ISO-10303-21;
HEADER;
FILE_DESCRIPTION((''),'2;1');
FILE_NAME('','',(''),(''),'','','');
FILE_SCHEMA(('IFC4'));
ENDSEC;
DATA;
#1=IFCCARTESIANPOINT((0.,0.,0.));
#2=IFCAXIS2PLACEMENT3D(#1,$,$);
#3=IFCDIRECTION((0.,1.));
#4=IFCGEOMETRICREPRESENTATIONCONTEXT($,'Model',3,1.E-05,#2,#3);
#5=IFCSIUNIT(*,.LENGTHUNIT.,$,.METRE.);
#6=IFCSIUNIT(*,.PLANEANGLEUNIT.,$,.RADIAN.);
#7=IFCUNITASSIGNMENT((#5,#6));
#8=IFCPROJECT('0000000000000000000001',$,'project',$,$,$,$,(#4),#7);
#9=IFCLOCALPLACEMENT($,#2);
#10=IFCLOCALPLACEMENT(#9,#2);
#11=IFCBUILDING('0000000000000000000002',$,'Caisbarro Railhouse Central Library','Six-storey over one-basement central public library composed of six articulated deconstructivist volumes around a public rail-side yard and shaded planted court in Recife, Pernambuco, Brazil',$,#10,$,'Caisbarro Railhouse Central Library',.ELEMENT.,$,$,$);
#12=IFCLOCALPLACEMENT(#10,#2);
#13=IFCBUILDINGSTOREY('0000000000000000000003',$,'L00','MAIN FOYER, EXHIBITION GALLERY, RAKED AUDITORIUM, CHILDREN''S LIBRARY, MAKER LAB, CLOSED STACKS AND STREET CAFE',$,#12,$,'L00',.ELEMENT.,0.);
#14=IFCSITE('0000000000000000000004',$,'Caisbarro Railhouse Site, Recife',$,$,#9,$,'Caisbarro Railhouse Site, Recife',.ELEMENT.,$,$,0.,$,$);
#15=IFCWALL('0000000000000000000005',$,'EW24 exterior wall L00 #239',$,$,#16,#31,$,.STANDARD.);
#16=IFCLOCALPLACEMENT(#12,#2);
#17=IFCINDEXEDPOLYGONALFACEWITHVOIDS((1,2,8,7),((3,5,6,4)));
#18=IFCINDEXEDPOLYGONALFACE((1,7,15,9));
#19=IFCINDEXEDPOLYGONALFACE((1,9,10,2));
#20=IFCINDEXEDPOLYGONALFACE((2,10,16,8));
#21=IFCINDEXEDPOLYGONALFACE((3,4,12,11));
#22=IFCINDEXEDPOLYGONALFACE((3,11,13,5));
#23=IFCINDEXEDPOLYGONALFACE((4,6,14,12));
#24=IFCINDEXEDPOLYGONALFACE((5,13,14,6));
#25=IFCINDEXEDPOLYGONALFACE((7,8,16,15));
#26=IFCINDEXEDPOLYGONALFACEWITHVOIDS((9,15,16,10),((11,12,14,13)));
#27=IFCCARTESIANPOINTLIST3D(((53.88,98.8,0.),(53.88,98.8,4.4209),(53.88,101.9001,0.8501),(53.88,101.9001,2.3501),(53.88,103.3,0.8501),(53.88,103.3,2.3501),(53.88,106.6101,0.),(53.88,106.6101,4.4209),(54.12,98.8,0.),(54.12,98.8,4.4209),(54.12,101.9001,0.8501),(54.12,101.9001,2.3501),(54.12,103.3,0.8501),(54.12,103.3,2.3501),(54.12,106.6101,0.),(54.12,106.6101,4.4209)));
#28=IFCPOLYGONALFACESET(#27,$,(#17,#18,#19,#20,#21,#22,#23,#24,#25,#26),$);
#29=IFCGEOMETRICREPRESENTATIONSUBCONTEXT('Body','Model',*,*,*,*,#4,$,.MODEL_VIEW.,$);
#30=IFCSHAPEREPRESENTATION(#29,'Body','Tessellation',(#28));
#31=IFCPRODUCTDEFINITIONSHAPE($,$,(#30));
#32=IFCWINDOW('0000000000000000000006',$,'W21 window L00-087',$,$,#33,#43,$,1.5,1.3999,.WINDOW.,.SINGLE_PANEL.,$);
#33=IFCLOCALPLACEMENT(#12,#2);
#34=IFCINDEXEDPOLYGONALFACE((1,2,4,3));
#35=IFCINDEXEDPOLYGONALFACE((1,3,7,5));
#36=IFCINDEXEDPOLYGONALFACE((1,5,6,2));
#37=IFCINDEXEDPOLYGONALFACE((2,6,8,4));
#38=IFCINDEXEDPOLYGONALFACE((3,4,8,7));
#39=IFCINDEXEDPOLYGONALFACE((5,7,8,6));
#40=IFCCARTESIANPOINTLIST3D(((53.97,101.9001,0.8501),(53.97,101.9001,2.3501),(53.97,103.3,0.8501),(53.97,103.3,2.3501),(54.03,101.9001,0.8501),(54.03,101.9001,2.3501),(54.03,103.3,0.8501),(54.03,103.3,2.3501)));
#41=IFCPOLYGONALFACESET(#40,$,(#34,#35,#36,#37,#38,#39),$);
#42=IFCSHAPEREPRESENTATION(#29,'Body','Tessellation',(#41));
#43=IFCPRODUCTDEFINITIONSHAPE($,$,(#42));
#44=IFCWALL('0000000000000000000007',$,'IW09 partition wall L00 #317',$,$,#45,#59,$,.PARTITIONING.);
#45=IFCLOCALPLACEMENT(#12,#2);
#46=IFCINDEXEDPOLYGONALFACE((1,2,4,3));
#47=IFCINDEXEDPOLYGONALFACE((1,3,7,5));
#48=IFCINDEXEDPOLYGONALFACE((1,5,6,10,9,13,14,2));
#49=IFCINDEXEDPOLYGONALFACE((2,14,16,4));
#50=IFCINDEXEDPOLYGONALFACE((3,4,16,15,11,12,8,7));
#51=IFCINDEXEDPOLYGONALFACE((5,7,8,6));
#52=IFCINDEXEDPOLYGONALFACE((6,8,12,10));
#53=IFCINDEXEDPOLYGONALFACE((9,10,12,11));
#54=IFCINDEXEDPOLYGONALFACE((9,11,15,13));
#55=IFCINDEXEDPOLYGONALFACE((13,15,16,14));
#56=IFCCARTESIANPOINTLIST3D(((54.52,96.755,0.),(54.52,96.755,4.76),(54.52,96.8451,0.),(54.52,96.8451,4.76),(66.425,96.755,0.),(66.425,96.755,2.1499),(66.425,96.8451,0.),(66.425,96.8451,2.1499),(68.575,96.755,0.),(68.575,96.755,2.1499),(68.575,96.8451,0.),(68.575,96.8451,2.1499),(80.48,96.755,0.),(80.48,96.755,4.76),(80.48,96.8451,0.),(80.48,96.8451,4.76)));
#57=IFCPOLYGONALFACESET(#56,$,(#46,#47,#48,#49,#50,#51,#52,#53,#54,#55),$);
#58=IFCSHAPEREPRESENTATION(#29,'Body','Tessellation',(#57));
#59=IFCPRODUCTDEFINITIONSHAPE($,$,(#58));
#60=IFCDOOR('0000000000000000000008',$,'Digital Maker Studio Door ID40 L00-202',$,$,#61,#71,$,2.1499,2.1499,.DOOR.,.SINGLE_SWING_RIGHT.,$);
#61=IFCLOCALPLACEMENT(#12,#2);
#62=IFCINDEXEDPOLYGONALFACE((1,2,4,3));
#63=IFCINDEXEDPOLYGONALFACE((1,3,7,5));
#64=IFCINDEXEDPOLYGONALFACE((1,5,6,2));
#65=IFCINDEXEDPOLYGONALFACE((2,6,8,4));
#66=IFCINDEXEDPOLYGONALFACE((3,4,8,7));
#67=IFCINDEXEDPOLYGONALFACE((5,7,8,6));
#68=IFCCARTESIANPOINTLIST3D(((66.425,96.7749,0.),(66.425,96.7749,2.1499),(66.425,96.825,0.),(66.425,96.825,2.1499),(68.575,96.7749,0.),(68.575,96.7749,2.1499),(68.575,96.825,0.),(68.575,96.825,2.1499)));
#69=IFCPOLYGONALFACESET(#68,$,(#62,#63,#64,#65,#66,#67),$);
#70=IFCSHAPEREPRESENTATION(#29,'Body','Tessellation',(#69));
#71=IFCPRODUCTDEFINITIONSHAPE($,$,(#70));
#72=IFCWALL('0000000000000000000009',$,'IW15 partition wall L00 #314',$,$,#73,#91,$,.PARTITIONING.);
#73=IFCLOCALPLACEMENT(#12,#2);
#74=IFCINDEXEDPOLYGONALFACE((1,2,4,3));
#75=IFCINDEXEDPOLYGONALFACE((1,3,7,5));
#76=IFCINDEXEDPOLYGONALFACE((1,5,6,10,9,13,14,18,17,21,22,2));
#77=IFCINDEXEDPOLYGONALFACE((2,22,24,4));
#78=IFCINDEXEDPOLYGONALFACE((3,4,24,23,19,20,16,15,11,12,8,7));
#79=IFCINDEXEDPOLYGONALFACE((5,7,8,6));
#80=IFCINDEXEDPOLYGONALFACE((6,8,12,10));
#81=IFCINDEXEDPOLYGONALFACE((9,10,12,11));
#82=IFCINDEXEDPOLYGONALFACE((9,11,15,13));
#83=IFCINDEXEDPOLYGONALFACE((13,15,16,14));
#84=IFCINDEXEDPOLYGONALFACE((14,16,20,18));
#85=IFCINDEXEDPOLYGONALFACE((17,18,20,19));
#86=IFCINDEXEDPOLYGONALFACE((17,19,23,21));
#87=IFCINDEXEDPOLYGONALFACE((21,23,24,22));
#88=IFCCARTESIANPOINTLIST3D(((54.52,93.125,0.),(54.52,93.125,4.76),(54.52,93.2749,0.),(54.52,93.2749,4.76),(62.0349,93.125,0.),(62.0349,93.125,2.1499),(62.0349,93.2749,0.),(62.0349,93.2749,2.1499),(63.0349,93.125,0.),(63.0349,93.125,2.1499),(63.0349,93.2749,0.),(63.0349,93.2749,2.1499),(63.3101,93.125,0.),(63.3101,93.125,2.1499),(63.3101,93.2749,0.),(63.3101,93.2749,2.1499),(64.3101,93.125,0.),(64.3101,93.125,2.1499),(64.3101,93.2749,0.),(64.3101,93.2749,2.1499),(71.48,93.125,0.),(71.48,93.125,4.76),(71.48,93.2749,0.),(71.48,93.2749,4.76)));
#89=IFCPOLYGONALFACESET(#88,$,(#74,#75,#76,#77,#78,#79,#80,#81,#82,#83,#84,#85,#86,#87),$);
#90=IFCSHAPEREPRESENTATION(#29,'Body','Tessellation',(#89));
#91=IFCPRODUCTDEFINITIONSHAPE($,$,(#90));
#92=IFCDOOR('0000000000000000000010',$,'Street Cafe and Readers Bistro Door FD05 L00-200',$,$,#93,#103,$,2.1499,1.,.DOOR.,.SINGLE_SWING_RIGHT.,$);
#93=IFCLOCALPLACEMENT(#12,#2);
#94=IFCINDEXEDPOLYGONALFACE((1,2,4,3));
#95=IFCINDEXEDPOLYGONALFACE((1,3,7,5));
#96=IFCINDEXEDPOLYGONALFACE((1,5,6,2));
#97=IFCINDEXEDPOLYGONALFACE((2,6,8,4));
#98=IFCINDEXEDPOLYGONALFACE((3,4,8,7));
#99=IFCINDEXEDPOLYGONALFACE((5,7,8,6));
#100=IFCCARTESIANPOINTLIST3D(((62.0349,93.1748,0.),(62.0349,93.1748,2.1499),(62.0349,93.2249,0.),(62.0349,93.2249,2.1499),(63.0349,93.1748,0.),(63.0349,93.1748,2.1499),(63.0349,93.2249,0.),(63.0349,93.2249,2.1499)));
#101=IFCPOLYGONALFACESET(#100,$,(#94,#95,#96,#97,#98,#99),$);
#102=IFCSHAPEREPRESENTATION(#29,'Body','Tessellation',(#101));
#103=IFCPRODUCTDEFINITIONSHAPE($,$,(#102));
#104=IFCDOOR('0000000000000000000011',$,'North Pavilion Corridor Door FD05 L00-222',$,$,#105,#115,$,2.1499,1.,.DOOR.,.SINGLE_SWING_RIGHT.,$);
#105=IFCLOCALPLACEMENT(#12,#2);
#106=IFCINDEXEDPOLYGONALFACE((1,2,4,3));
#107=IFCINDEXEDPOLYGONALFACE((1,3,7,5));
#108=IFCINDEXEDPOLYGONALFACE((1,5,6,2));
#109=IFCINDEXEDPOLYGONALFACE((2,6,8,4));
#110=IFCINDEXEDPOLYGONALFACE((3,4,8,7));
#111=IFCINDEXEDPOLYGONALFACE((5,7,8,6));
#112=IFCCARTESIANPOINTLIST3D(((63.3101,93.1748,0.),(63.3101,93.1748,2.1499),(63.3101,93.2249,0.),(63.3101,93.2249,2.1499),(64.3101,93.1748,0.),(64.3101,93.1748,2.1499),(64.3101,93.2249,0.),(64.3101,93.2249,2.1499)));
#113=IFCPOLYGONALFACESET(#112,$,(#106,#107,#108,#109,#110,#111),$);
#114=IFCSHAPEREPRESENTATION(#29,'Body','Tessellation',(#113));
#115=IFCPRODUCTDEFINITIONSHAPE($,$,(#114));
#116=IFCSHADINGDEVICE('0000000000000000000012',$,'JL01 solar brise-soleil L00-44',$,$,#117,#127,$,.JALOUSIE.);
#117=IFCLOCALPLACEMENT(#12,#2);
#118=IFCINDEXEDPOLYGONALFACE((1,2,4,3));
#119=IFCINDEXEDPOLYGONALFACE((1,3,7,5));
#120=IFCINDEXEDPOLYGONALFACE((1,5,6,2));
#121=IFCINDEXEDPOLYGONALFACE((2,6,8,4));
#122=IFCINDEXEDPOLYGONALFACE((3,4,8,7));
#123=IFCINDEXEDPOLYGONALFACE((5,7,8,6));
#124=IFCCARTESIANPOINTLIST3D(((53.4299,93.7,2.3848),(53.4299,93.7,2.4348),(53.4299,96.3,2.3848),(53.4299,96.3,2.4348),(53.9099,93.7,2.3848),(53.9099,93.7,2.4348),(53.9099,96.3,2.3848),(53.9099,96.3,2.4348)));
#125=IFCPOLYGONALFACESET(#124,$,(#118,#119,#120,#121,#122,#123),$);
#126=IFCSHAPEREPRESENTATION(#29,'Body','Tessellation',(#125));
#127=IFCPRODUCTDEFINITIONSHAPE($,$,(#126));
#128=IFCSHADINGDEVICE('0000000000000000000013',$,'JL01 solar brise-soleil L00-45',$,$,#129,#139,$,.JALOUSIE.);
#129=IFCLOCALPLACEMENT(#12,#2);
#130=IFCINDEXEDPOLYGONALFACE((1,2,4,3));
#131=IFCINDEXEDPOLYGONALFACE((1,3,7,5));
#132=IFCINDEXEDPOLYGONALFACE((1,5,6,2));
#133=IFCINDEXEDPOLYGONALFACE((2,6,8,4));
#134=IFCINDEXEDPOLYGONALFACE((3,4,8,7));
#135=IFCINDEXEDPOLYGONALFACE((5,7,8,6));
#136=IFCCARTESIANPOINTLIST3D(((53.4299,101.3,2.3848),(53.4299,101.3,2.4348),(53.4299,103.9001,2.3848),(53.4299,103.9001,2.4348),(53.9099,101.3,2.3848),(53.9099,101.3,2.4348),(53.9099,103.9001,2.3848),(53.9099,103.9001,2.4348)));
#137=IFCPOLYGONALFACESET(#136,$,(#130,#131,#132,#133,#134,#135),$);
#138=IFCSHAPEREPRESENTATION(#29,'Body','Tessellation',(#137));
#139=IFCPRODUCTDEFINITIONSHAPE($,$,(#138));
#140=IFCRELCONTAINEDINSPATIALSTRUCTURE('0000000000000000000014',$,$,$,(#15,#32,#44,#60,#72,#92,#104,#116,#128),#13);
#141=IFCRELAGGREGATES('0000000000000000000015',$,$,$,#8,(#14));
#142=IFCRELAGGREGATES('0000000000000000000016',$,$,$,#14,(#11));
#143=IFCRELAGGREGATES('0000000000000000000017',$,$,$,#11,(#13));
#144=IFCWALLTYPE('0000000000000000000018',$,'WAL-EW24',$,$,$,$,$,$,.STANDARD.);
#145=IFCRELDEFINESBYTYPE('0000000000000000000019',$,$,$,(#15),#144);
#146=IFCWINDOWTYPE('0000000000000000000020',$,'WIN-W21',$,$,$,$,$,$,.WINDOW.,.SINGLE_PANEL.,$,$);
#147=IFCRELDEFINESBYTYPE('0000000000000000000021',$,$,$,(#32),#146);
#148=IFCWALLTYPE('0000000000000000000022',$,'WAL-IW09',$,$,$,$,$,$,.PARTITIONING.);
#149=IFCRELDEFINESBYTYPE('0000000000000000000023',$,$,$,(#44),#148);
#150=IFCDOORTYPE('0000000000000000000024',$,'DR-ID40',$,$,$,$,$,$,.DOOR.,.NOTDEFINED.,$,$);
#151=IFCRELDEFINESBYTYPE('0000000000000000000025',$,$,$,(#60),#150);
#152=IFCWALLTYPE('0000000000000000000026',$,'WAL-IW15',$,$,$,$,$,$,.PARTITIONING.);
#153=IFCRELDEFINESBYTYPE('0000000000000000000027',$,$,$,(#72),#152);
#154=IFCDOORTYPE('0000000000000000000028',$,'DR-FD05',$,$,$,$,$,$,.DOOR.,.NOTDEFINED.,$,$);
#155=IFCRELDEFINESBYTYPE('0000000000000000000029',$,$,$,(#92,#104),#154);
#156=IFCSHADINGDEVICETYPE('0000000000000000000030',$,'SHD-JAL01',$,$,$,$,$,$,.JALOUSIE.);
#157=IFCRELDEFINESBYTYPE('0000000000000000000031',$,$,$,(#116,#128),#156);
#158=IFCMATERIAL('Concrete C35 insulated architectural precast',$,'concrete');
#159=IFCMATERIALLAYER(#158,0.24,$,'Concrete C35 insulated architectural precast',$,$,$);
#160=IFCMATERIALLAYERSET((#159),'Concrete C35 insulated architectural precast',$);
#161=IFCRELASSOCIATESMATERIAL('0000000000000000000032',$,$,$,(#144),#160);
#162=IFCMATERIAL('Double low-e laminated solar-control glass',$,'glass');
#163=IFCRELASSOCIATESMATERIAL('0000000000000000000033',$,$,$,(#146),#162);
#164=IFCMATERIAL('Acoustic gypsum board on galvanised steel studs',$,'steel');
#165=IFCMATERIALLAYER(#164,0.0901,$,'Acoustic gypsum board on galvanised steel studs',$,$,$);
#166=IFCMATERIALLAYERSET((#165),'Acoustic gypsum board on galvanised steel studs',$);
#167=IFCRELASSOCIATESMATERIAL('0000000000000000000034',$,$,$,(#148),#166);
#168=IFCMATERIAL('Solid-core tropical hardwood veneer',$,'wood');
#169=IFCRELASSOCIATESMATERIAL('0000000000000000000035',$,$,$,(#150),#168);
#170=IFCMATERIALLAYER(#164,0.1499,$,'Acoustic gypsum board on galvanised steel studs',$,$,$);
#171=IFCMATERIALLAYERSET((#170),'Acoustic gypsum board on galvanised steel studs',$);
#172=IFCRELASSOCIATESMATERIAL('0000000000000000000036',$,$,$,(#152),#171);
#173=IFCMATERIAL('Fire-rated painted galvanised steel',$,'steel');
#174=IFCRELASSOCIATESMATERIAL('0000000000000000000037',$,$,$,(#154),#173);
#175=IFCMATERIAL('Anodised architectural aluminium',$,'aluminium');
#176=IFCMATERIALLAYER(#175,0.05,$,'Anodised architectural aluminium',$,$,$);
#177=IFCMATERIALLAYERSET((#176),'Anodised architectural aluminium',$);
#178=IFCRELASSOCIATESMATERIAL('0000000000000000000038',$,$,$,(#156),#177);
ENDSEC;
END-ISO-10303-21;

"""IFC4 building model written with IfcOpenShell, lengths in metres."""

from ifc_helpers import new_model, si_unit, direction, frame, frame_2d, origin, origin_2d, place, context, subcontext, project, spatial, rectangle, extrude, material, layer, layer_set, type_object, element, fill, save


model = new_model("IFC4")

# Units and contexts
model_context = context("Model", 3, precision=1e-05, world=origin(), true_north=direction((0.0, 1.0)))
body_context = subcontext(model_context, "Body", "Model", "MODEL_VIEW")
ifc_project = project(units=[si_unit("LENGTHUNIT", "METRE"), si_unit("PLANEANGLEUNIT", "RADIAN")], contexts=[model_context])

# Site, building, storey
site_placement = place(None, origin())
site = spatial("IfcSite", under=ifc_project, at=site_placement, Name="Caisbarro Railhouse Site, Recife", LongName="Caisbarro Railhouse Site, Recife", CompositionType="ELEMENT", RefElevation=0.0)
building_placement = place(site_placement, origin())
building = spatial("IfcBuilding", under=site, at=building_placement, Name="Caisbarro Railhouse Central Library", Description="Six-storey over one-basement central public library composed of six articulated deconstructivist volumes around a public rail-side yard and shaded planted court in Recife, Pernambuco, Brazil", LongName="Caisbarro Railhouse Central Library", CompositionType="ELEMENT")
storey_placement = place(building_placement, origin())
storey = spatial("IfcBuildingStorey", under=building, at=storey_placement, Name="L00", Description="MAIN FOYER, EXHIBITION GALLERY, RAKED AUDITORIUM, CHILDREN'S LIBRARY, MAKER LAB, CLOSED STACKS AND STREET CAFE", LongName="L00", CompositionType="ELEMENT", Elevation=0.0)

# Shared definitions
ifc_material_1 = material(Name="Anodised architectural aluminium", Category="aluminium")
ifc_material_2 = material(Name="Double low-e laminated solar-control glass", Category="glass")

# Wall, opening, window
ifc_material_3 = material(Name="Concrete C35 insulated architectural precast", Category="concrete")
ifc_layer_1 = layer(ifc_material_3, 0.24, Name="Concrete C35 insulated architectural precast")
ifc_layer_set_1 = layer_set([ifc_layer_1], Name="Concrete C35 insulated architectural precast")
wall_type_1 = type_object("IfcWallType", Name="WAL-EW24", PredefinedType="STANDARD", material=ifc_layer_set_1)
wall_1_placement = place(storey_placement, frame((54.0, 98.8, 0.0), z_axis=(0.0, 0.0, 1.0), x_axis=(0.0, 1.0, 0.0)))
wall_1 = element("IfcWall", 1, at=wall_1_placement, inside=storey, type_object=wall_type_1, Name="EW24 exterior wall L00 #239", PredefinedType="STANDARD", context=body_context, shape_type="SweptSolid", body=[
    extrude(rectangle(XDim=7.8101, YDim=0.24, at=frame_2d((3.905, 0.0))), origin(), (0.0, 0.0, 1.0), 4.4209),
])
opening_1_placement = place(wall_1_placement, frame((3.1001, 0.0, 0.8501)))
opening_1 = element("IfcOpeningElement", 2, at=opening_1_placement, cuts=wall_1, PredefinedType="OPENING", context=body_context, shape_type="SweptSolid", body=[
    extrude(rectangle(XDim=1.3999, YDim=1.5, at=frame_2d((0.7, 0.75))), frame((0.0, 0.1299, 0.0), z_axis=(0.0, -1.0, 0.0), x_axis=(1.0, 0.0, 0.0)), (0.0, 0.0, 1.0), 0.26),
])
window_type_1 = type_object("IfcWindowType", Name="WIN-W21", PartitioningType="SINGLE_PANEL", PredefinedType="WINDOW", material=ifc_material_2)
window_1_placement = place(opening_1_placement, origin())
window_1 = element("IfcWindow", 3, at=window_1_placement, inside=storey, type_object=window_type_1, Name="W21 window L00-087", OverallHeight=1.5, OverallWidth=1.3999, PartitioningType="SINGLE_PANEL", PredefinedType="WINDOW", context=body_context, shape_type="SweptSolid", body=[
    extrude(rectangle(XDim=1.3999, YDim=1.5, at=frame_2d((0.7, 0.75))), frame((0.0, 0.03, 0.0), z_axis=(0.0, -1.0, 0.0), x_axis=(1.0, 0.0, 0.0)), (0.0, 0.0, 1.0), 0.0601),
])
fill(opening_1, window_1)

# Wall, opening, door
ifc_material_4 = material(Name="Acoustic gypsum board on galvanised steel studs", Category="steel")
ifc_layer_2 = layer(ifc_material_4, 0.0901, Name="Acoustic gypsum board on galvanised steel studs")
ifc_layer_set_2 = layer_set([ifc_layer_2], Name="Acoustic gypsum board on galvanised steel studs")
wall_type_2 = type_object("IfcWallType", Name="WAL-IW09", PredefinedType="PARTITIONING", material=ifc_layer_set_2)
wall_2_placement = place(storey_placement, frame((54.52, 96.8, 0.0), z_axis=(0.0, 0.0, 1.0), x_axis=(1.0, 0.0, 0.0)))
wall_2 = element("IfcWall", 4, at=wall_2_placement, inside=storey, type_object=wall_type_2, Name="IW09 partition wall L00 #317", PredefinedType="PARTITIONING", context=body_context, shape_type="SweptSolid", body=[
    extrude(rectangle(XDim=25.96, YDim=0.0901, at=frame_2d((12.98, 0.0))), origin(), (0.0, 0.0, 1.0), 4.76),
])
opening_2_placement = place(wall_2_placement, frame((11.905, 0.0, 0.0)))
opening_2 = element("IfcOpeningElement", 5, at=opening_2_placement, cuts=wall_2, PredefinedType="OPENING", context=body_context, shape_type="SweptSolid", body=[
    extrude(rectangle(XDim=2.1499, YDim=2.1499, at=frame_2d((1.075, 1.075))), frame((0.0, 0.0552, 0.0), z_axis=(0.0, -1.0, 0.0), x_axis=(1.0, 0.0, 0.0)), (0.0, 0.0, 1.0), 0.1101),
])
ifc_material_5 = material(Name="Solid-core tropical hardwood veneer", Category="wood")
door_type_1 = type_object("IfcDoorType", Name="DR-ID40", OperationType="NOTDEFINED", PredefinedType="DOOR", material=ifc_material_5)
door_1_placement = place(opening_2_placement, origin())
door_1 = element("IfcDoor", 6, at=door_1_placement, inside=storey, type_object=door_type_1, Name="Digital Maker Studio Door ID40 L00-202", OperationType="SINGLE_SWING_RIGHT", OverallHeight=2.1499, OverallWidth=2.1499, PredefinedType="DOOR", context=body_context, shape_type="SweptSolid", body=[
    extrude(rectangle(XDim=2.1499, YDim=2.1499, at=frame_2d((1.075, 1.075))), frame((0.0, 0.0249, 0.0), z_axis=(0.0, -1.0, 0.0), x_axis=(1.0, 0.0, 0.0)), (0.0, 0.0, 1.0), 0.05),
])
fill(opening_2, door_1)

# Wall, openings, doors
ifc_layer_3 = layer(ifc_material_4, 0.1499, Name="Acoustic gypsum board on galvanised steel studs")
ifc_layer_set_3 = layer_set([ifc_layer_3], Name="Acoustic gypsum board on galvanised steel studs")
wall_type_3 = type_object("IfcWallType", Name="WAL-IW15", PredefinedType="PARTITIONING", material=ifc_layer_set_3)
wall_3_placement = place(storey_placement, frame((54.52, 93.2, 0.0), z_axis=(0.0, 0.0, 1.0), x_axis=(1.0, 0.0, 0.0)))
wall_3 = element("IfcWall", 7, at=wall_3_placement, inside=storey, type_object=wall_type_3, Name="IW15 partition wall L00 #314", PredefinedType="PARTITIONING", context=body_context, shape_type="SweptSolid", body=[
    extrude(rectangle(XDim=16.96, YDim=0.1499, at=frame_2d((8.48, 0.0))), origin(), (0.0, 0.0, 1.0), 4.76),
])
opening_3_placement = place(wall_3_placement, frame((7.5149, 0.0, 0.0)))
opening_3 = element("IfcOpeningElement", 8, at=opening_3_placement, cuts=wall_3, PredefinedType="OPENING", context=body_context, shape_type="SweptSolid", body=[
    extrude(rectangle(XDim=1.0, YDim=2.1499, at=frame_2d((0.5, 1.075))), frame((0.0, 0.085, 0.0), z_axis=(0.0, -1.0, 0.0), x_axis=(1.0, 0.0, 0.0)), (0.0, 0.0, 1.0), 0.1699),
])
opening_4_placement = place(wall_3_placement, frame((8.79, 0.0, 0.0)))
opening_4 = element("IfcOpeningElement", 9, at=opening_4_placement, cuts=wall_3, PredefinedType="OPENING", context=body_context, shape_type="SweptSolid", body=[
    extrude(rectangle(XDim=1.0, YDim=2.1499, at=frame_2d((0.5, 1.075))), frame((0.0, 0.085, 0.0), z_axis=(0.0, -1.0, 0.0), x_axis=(1.0, 0.0, 0.0)), (0.0, 0.0, 1.0), 0.1699),
])
ifc_material_6 = material(Name="Fire-rated painted galvanised steel", Category="steel")
door_type_2 = type_object("IfcDoorType", Name="DR-FD05", OperationType="NOTDEFINED", PredefinedType="DOOR", material=ifc_material_6)
door_2_placement = place(opening_3_placement, origin())
door_2 = element("IfcDoor", 10, at=door_2_placement, inside=storey, type_object=door_type_2, Name="Street Cafe and Readers Bistro Door FD05 L00-200", OperationType="SINGLE_SWING_RIGHT", OverallHeight=2.1499, OverallWidth=1.0, PredefinedType="DOOR", context=body_context, shape_type="SweptSolid", body=[
    extrude(rectangle(XDim=1.0, YDim=2.1499, at=frame_2d((0.5, 1.075))), frame((0.0, 0.0249, 0.0), z_axis=(0.0, -1.0, 0.0), x_axis=(1.0, 0.0, 0.0)), (0.0, 0.0, 1.0), 0.05),
])
fill(opening_3, door_2)
door_3_placement = place(opening_4_placement, origin())
door_3 = element("IfcDoor", 11, at=door_3_placement, inside=storey, type_object=door_type_2, Name="North Pavilion Corridor Door FD05 L00-222", OperationType="SINGLE_SWING_RIGHT", OverallHeight=2.1499, OverallWidth=1.0, PredefinedType="DOOR", context=body_context, shape_type="SweptSolid", body=[
    extrude(rectangle(XDim=1.0, YDim=2.1499, at=frame_2d((0.5, 1.075))), frame((0.0, 0.0249, 0.0), z_axis=(0.0, -1.0, 0.0), x_axis=(1.0, 0.0, 0.0)), (0.0, 0.0, 1.0), 0.05),
])
fill(opening_4, door_3)

# Shading devices
ifc_layer_4 = layer(ifc_material_1, 0.05, Name="Anodised architectural aluminium")
ifc_layer_set_4 = layer_set([ifc_layer_4], Name="Anodised architectural aluminium")
shading_device_type = type_object("IfcShadingDeviceType", Name="SHD-JAL01", PredefinedType="JALOUSIE", material=ifc_layer_set_4)
for number, where, z_axis, x_axis, name in (
    (12, (53.6699, 95.0, 2.3848), (0.0, 0.0, 1.0), (0.0, 1.0, 0.0), "JL01 solar brise-soleil L00-44"),
    (13, (53.6699, 102.6001, 2.3848), (0.0, 0.0, 1.0), (0.0, 1.0, 0.0), "JL01 solar brise-soleil L00-45"),
):
    element("IfcShadingDevice", number, at=place(storey_placement, frame(where, z_axis=z_axis, x_axis=x_axis)), inside=storey, type_object=shading_device_type, Name=name, PredefinedType="JALOUSIE", context=body_context, shape_type="SweptSolid", body=[
        extrude(rectangle(XDim=2.6001, YDim=0.48, at=origin_2d()), origin(), (0.0, 0.0, 1.0), 0.05),
    ])

save(model, "model.ifc")
